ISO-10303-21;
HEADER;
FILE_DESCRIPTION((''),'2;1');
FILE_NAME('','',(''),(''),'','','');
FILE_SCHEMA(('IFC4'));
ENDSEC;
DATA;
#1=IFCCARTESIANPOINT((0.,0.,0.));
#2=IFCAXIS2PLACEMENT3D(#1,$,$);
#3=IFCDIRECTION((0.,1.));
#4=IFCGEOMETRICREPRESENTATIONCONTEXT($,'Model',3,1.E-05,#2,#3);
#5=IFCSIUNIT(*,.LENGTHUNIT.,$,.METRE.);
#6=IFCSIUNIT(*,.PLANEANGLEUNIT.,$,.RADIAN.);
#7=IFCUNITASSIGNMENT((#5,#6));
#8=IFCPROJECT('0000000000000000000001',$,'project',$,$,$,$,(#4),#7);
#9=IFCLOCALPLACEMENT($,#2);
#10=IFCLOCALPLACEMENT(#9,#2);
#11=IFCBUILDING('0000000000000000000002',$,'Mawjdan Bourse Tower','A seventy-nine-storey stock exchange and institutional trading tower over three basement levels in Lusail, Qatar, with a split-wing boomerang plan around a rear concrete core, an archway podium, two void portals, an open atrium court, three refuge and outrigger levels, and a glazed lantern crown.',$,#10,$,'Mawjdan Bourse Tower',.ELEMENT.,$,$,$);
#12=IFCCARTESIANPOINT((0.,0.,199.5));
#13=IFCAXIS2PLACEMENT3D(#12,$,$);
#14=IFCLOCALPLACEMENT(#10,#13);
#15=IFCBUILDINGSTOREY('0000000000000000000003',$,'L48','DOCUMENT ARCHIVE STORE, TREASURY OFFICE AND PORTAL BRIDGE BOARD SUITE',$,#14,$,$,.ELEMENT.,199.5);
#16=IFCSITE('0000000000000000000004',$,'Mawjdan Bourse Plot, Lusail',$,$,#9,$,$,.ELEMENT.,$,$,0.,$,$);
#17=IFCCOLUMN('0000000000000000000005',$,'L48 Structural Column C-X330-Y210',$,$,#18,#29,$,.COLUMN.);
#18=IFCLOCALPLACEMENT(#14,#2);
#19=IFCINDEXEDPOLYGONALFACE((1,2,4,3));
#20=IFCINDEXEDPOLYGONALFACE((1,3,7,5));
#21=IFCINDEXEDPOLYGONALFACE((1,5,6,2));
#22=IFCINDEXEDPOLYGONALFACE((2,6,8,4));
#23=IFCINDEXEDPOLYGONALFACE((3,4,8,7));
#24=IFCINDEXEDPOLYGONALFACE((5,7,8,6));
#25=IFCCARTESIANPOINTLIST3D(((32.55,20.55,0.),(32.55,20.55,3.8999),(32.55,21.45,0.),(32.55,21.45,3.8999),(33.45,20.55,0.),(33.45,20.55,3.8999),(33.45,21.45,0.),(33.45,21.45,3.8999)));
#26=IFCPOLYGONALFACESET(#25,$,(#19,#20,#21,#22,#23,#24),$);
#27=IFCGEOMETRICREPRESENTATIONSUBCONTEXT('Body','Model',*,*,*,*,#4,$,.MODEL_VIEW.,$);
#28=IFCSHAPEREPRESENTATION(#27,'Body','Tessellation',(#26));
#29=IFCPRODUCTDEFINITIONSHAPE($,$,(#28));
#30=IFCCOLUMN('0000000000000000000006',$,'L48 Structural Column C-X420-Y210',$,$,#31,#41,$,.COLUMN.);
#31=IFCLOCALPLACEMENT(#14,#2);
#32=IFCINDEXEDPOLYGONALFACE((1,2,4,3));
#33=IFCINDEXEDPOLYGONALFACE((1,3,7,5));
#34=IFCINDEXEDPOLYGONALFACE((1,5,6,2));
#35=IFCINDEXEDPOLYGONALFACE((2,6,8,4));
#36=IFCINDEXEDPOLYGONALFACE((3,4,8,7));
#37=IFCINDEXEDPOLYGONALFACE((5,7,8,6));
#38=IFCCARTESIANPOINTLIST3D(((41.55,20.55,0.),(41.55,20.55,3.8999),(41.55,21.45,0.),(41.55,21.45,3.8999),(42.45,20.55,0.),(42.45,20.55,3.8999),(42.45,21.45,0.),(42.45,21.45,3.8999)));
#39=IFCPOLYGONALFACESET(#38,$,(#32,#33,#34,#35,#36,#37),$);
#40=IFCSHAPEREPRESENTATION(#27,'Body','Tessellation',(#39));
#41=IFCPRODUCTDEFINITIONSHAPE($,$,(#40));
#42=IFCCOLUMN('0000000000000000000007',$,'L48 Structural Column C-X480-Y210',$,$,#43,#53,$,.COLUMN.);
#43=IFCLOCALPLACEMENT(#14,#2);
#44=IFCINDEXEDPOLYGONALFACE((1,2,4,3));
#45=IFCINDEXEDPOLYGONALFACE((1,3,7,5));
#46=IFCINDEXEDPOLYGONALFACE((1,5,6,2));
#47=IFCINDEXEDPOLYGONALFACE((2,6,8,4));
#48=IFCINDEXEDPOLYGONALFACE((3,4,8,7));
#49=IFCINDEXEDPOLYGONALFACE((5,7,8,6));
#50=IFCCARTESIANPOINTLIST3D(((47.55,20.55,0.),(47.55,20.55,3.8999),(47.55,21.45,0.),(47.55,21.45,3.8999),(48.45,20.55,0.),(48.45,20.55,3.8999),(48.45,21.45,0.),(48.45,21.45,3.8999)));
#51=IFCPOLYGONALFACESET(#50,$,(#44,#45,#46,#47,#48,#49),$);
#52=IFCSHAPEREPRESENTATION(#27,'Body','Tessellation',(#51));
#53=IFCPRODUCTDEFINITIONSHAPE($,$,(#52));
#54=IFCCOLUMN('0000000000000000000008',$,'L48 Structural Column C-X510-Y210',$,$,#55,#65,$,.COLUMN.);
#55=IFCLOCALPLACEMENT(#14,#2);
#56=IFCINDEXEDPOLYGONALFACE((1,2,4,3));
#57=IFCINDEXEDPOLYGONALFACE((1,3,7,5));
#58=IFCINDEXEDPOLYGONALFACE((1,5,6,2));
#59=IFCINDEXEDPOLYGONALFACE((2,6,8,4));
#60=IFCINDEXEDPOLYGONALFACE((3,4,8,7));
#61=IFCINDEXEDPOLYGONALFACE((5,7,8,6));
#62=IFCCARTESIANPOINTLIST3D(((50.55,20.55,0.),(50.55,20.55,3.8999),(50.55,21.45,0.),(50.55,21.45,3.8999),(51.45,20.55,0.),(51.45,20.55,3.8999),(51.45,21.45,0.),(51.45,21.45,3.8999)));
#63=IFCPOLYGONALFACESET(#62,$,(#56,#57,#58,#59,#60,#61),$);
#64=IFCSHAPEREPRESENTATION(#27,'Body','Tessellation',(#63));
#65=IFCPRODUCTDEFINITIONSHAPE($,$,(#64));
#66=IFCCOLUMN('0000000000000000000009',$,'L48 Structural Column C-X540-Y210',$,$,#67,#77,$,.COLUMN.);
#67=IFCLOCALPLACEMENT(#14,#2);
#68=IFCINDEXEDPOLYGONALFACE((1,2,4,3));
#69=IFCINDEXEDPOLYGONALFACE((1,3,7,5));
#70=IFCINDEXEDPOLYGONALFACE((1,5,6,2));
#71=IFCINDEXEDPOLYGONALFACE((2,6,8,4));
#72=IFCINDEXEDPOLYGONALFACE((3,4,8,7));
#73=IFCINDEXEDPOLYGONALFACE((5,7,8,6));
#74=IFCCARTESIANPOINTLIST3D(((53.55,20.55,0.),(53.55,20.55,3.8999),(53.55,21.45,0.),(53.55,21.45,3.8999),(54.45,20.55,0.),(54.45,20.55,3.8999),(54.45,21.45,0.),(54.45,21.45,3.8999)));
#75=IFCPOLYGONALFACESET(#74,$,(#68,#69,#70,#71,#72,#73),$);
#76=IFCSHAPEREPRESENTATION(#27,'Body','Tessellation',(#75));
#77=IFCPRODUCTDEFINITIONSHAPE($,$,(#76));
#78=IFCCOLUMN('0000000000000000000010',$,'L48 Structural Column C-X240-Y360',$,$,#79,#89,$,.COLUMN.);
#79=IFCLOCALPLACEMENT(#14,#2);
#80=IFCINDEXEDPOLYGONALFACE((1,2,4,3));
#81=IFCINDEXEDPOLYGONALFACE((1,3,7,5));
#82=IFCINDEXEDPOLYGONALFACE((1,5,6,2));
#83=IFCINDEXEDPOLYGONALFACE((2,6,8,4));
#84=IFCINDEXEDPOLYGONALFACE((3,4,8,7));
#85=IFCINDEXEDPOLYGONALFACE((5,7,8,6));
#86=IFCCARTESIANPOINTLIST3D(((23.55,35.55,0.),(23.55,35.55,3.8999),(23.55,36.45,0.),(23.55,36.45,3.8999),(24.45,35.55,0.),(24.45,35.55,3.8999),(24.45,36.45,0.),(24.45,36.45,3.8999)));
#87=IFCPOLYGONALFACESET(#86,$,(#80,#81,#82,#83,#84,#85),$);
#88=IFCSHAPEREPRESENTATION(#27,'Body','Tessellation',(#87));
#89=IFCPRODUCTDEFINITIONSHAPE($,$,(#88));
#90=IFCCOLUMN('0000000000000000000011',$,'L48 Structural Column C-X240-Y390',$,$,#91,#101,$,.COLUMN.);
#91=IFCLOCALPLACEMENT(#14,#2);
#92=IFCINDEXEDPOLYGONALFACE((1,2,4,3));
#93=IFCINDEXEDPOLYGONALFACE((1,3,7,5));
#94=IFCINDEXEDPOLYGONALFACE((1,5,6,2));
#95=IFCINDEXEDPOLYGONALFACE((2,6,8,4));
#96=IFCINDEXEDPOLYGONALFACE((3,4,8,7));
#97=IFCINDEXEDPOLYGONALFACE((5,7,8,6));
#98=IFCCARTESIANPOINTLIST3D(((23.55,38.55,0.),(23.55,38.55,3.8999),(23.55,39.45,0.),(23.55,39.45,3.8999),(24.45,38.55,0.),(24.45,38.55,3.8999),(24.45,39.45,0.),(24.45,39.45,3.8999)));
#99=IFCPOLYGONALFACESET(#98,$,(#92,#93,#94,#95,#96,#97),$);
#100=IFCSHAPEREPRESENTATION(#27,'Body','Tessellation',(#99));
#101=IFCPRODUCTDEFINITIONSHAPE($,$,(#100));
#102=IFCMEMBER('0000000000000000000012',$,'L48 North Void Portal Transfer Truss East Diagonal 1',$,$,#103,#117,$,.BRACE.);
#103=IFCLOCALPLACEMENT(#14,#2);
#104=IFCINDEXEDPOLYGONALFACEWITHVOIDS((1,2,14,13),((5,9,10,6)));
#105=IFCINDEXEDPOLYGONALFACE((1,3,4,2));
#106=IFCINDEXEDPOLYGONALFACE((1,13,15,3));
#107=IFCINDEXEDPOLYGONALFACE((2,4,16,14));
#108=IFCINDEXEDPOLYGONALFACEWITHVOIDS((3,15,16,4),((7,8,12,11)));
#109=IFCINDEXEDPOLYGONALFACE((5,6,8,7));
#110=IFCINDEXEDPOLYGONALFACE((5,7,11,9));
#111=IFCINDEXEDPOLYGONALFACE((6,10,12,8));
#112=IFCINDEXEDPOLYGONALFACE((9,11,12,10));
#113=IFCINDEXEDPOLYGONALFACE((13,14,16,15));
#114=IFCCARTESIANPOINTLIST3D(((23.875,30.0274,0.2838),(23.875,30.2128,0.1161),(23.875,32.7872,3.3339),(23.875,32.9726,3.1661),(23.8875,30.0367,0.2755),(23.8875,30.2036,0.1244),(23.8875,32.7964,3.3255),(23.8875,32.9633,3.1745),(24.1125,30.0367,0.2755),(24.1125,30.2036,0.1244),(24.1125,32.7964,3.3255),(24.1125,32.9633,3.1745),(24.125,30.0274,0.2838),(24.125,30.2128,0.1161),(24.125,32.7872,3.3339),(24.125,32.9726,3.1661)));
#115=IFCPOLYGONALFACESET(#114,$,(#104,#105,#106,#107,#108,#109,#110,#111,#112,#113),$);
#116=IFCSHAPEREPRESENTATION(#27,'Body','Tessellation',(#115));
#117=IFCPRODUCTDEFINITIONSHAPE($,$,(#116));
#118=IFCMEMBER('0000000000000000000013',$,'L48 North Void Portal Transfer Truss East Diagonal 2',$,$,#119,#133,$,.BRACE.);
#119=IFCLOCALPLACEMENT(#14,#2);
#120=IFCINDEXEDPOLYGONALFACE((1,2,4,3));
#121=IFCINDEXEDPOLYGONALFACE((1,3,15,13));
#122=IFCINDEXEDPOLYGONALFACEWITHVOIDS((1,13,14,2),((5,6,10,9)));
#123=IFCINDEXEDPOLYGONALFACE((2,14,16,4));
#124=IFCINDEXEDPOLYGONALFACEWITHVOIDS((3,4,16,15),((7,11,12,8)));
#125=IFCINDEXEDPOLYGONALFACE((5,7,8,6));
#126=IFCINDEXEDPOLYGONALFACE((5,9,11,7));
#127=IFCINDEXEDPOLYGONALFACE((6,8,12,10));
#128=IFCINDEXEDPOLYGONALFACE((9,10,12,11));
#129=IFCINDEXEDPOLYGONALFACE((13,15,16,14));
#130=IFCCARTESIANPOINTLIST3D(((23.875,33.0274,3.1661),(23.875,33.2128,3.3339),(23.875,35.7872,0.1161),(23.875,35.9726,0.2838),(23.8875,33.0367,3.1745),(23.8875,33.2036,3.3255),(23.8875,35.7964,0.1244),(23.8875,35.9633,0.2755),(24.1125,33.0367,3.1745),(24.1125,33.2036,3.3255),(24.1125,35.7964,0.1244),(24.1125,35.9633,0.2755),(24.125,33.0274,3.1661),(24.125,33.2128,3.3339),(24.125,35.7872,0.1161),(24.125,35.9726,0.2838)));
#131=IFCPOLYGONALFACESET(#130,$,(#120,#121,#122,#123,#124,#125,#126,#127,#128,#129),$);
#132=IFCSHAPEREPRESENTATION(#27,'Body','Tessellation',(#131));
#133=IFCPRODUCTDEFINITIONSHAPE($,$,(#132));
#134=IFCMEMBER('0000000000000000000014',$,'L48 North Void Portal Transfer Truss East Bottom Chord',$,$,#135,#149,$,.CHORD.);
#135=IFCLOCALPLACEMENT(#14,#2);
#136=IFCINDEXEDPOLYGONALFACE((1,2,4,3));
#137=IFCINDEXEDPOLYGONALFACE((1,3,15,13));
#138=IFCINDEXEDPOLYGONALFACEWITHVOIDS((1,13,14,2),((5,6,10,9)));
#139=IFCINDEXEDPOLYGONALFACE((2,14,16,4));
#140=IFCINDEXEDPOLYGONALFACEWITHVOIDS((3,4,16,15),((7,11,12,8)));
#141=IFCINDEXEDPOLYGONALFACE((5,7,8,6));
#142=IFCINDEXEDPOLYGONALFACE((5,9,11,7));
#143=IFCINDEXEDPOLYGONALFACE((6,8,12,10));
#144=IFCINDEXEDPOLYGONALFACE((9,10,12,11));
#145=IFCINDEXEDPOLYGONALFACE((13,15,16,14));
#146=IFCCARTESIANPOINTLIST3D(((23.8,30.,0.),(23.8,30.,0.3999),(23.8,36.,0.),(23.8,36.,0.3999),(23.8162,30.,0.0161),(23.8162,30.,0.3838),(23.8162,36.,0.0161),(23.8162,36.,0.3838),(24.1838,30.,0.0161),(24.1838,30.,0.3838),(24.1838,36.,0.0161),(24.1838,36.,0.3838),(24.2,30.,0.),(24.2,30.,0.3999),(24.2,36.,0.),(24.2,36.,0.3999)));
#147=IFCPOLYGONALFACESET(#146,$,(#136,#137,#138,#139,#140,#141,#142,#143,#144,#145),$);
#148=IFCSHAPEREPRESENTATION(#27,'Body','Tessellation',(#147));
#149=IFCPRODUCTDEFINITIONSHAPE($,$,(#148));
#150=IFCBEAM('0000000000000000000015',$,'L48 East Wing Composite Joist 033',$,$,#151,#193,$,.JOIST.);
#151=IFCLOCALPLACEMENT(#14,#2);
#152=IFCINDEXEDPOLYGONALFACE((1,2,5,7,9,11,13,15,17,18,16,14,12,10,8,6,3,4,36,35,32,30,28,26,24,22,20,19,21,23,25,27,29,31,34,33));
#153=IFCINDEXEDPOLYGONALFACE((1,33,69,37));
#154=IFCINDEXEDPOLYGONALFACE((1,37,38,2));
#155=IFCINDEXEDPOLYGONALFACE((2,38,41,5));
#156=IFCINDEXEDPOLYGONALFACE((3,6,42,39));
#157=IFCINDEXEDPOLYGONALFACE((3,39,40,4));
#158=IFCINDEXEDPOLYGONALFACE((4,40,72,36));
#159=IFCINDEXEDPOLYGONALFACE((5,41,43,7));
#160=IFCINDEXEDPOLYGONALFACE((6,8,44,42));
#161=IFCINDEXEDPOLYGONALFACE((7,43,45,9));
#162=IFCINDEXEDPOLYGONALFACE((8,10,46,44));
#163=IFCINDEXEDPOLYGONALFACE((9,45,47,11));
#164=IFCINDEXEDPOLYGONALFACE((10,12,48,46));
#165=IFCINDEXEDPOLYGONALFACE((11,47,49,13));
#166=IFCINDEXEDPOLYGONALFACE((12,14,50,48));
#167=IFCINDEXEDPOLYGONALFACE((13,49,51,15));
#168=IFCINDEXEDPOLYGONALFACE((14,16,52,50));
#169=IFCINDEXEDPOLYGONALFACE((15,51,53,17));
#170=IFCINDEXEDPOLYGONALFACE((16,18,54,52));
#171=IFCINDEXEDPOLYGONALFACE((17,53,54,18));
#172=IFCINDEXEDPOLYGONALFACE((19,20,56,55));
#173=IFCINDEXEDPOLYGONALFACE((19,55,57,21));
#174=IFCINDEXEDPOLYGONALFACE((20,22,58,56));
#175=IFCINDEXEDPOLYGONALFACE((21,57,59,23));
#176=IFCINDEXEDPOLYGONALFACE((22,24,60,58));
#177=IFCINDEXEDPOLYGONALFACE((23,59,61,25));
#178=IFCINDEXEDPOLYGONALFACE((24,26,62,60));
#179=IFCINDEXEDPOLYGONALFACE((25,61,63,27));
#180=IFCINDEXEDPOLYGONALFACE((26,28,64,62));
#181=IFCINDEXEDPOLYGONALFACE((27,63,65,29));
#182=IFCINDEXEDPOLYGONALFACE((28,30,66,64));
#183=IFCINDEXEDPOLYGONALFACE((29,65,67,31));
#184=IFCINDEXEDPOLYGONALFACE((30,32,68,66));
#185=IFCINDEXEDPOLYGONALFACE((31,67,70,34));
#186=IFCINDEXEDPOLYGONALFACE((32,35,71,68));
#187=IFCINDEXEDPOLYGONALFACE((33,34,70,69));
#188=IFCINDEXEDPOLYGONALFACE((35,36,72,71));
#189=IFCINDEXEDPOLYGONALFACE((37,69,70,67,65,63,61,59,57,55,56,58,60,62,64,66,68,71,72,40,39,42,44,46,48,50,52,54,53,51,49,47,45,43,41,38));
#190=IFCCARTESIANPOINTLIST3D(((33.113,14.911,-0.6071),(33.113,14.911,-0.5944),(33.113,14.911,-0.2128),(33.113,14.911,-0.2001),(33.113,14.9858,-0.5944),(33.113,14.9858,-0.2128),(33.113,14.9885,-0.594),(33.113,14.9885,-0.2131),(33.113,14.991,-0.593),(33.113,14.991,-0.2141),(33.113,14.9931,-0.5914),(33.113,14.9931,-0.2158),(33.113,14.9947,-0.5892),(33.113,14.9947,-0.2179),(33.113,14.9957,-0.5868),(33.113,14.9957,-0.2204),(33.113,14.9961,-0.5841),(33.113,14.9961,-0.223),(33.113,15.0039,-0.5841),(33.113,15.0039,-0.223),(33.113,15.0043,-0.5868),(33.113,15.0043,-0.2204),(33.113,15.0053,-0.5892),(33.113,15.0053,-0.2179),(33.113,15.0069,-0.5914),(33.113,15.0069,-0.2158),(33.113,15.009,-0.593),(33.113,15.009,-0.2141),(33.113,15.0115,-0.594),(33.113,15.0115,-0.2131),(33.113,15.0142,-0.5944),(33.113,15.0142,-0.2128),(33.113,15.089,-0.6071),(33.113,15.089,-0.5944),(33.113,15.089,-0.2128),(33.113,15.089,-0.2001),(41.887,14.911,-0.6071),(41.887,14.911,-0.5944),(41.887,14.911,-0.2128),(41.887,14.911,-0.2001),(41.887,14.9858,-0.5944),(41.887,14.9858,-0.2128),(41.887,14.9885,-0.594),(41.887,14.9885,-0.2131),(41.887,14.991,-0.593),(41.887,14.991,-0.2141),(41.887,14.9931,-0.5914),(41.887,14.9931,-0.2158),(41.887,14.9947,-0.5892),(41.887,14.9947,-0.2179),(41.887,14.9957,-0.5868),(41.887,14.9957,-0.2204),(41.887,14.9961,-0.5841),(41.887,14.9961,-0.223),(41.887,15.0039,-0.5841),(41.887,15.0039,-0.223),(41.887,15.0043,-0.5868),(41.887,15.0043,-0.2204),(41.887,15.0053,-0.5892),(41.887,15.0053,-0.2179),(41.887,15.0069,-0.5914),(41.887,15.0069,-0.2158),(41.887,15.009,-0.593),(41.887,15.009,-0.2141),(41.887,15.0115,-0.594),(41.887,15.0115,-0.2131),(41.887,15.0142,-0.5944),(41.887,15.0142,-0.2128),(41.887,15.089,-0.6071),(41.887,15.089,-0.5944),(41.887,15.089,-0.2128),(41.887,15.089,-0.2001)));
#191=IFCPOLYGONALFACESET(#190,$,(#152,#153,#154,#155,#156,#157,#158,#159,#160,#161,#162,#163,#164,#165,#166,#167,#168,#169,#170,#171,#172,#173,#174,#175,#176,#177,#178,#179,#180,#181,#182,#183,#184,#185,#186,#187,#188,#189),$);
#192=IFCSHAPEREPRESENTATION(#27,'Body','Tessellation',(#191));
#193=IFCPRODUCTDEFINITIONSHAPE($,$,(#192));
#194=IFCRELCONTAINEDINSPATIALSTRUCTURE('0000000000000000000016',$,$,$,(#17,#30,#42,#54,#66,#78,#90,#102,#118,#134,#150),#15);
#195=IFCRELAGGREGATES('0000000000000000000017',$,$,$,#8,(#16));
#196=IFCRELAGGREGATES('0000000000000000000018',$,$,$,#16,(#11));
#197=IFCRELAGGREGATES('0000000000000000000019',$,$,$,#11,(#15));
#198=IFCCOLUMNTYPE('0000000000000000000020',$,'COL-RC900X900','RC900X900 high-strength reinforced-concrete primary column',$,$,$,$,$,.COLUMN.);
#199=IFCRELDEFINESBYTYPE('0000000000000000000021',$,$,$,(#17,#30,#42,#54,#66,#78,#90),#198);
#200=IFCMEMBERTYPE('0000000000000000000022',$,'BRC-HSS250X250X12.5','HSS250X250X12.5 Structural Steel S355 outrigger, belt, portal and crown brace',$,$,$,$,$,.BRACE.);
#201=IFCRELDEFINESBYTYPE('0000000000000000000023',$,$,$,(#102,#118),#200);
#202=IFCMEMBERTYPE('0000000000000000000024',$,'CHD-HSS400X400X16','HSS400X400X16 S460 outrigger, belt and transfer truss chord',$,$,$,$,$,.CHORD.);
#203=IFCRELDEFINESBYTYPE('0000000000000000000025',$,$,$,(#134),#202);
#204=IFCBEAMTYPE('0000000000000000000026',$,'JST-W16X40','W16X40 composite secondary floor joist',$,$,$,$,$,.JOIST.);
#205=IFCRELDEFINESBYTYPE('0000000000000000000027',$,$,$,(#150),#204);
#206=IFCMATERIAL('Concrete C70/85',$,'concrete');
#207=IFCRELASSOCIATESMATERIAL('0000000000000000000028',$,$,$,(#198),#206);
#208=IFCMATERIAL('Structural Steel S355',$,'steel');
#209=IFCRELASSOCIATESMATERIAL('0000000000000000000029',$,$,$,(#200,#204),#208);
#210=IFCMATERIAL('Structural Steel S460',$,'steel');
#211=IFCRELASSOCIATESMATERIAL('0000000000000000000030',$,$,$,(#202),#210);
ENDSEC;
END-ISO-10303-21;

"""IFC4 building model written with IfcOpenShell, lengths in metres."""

from ifc_helpers import new_model, si_unit, direction, frame, origin, origin_2d, place, context, subcontext, project, spatial, rectangle, hollow_rectangle, i_section, extrude, material, material_profile, profile_set, type_object, element, save


model = new_model("IFC4")

# Units and contexts
model_context = context("Model", 3, precision=1e-05, world=origin(), true_north=direction((0.0, 1.0)))
body_context = subcontext(model_context, "Body", "Model", "MODEL_VIEW")
ifc_project = project(units=[si_unit("LENGTHUNIT", "METRE"), si_unit("PLANEANGLEUNIT", "RADIAN")], contexts=[model_context])

# Site, building, storey
site_placement = place(None, origin())
site = spatial("IfcSite", under=ifc_project, at=site_placement, Name="Mawjdan Bourse Plot, Lusail", CompositionType="ELEMENT", RefElevation=0.0)
building_placement = place(site_placement, origin())
building = spatial("IfcBuilding", under=site, at=building_placement, Name="Mawjdan Bourse Tower", Description="A seventy-nine-storey stock exchange and institutional trading tower over three basement levels in Lusail, Qatar, with a split-wing boomerang plan around a rear concrete core, an archway podium, two void portals, an open atrium court, three refuge and outrigger levels, and a glazed lantern crown.", LongName="Mawjdan Bourse Tower", CompositionType="ELEMENT")
storey_placement = place(building_placement, frame((0.0, 0.0, 199.5)))
storey = spatial("IfcBuildingStorey", under=building, at=storey_placement, Name="L48", Description="DOCUMENT ARCHIVE STORE, TREASURY OFFICE AND PORTAL BRIDGE BOARD SUITE", CompositionType="ELEMENT", Elevation=199.5)

# Columns
ifc_material_1 = material(Name="Concrete C70/85", Category="concrete")
ifc_material_profile_1 = material_profile(ifc_material_1, rectangle(XDim=0.8999, YDim=0.8999, at=origin_2d()), Name="RC900X900")
ifc_profile_set_1 = profile_set([ifc_material_profile_1], Name="Concrete C70/85")
column_type = type_object("IfcColumnType", Name="COL-RC900X900", Description="RC900X900 high-strength reinforced-concrete primary column", PredefinedType="COLUMN", material=ifc_profile_set_1)
for number, where, z_axis, x_axis, name in (
    (1, (33.0, 21.0, 0.0), (0.0, 0.0, 1.0), (1.0, 0.0, 0.0), "L48 Structural Column C-X330-Y210"),
    (2, (42.0, 21.0, 0.0), (0.0, 0.0, 1.0), (1.0, 0.0, 0.0), "L48 Structural Column C-X420-Y210"),
    (3, (48.0, 21.0, 0.0), (0.0, 0.0, 1.0), (1.0, 0.0, 0.0), "L48 Structural Column C-X480-Y210"),
    (4, (51.0, 21.0, 0.0), (0.0, 0.0, 1.0), (1.0, 0.0, 0.0), "L48 Structural Column C-X510-Y210"),
    (5, (54.0, 21.0, 0.0), (0.0, 0.0, 1.0), (1.0, 0.0, 0.0), "L48 Structural Column C-X540-Y210"),
    (6, (24.0, 36.0, 0.0), (0.0, 0.0, 1.0), (1.0, 0.0, 0.0), "L48 Structural Column C-X240-Y360"),
    (7, (24.0, 39.0, 0.0), (0.0, 0.0, 1.0), (1.0, 0.0, 0.0), "L48 Structural Column C-X240-Y390"),
):
    element("IfcColumn", number, at=place(storey_placement, frame(where, z_axis=z_axis, x_axis=x_axis)), inside=storey, type_object=column_type, Name=name, PredefinedType="COLUMN", context=body_context, shape_type="SweptSolid", body=[
        extrude(rectangle(XDim=0.8999, YDim=0.8999, at=origin_2d()), origin(), (0.0, 0.0, 1.0), 3.8999),
    ])

# Members
ifc_material_2 = material(Name="Structural Steel S355", Category="steel")
ifc_material_profile_2 = material_profile(ifc_material_2, hollow_rectangle(XDim=0.25, YDim=0.25, WallThickness=0.0125, at=origin_2d()), Name="HSS250X250X12.5")
ifc_profile_set_2 = profile_set([ifc_material_profile_2], Name="Structural Steel S355")
member_type_1 = type_object("IfcMemberType", Name="BRC-HSS250X250X12.5", Description="HSS250X250X12.5 Structural Steel S355 outrigger, belt, portal and crown brace", PredefinedType="BRACE", material=ifc_profile_set_2)
for number, where, z_axis, x_axis, name in (
    (8, (24.0, 30.1201, 0.2), (0.0, 0.67094, 0.741512), (-1.0, 0.0, 0.0), "L48 North Void Portal Transfer Truss East Diagonal 1"),
    (9, (24.0, 33.1201, 3.25), (0.0, 0.67094, -0.741512), (-1.0, 0.0, 0.0), "L48 North Void Portal Transfer Truss East Diagonal 2"),
):
    element("IfcMember", number, at=place(storey_placement, frame(where, z_axis=z_axis, x_axis=x_axis)), inside=storey, type_object=member_type_1, Name=name, PredefinedType="BRACE", context=body_context, shape_type="SweptSolid", body=[
        extrude(hollow_rectangle(XDim=0.25, YDim=0.25, WallThickness=0.0125, at=origin_2d()), origin(), (0.0, 0.0, 1.0), 4.1133),
    ])
ifc_material_3 = material(Name="Structural Steel S460", Category="steel")
ifc_material_profile_3 = material_profile(ifc_material_3, hollow_rectangle(XDim=0.3999, YDim=0.3999, WallThickness=0.0161, at=origin_2d()), Name="HSS400X400X16")
ifc_profile_set_3 = profile_set([ifc_material_profile_3], Name="Structural Steel S460")
member_type_2 = type_object("IfcMemberType", Name="CHD-HSS400X400X16", Description="HSS400X400X16 S460 outrigger, belt and transfer truss chord", PredefinedType="CHORD", material=ifc_profile_set_3)
member_placement = place(storey_placement, frame((24.0, 30.0, 0.2), z_axis=(0.0, 1.0, 0.0), x_axis=(-1.0, 0.0, 0.0)))
element("IfcMember", 10, at=member_placement, inside=storey, type_object=member_type_2, Name="L48 North Void Portal Transfer Truss East Bottom Chord", PredefinedType="CHORD", context=body_context, shape_type="SweptSolid", body=[
    extrude(hollow_rectangle(XDim=0.3999, YDim=0.3999, WallThickness=0.0161, at=origin_2d()), origin(), (0.0, 0.0, 1.0), 6.0),
])

# Beam
ifc_material_profile_4 = material_profile(ifc_material_2, i_section(OverallWidth=0.178, OverallDepth=0.407, WebThickness=0.0078, FlangeThickness=0.0127, FilletRadius=0.0103, at=origin_2d()), Name="W16X40")
ifc_profile_set_4 = profile_set([ifc_material_profile_4], Name="Structural Steel S355")
beam_type_1 = type_object("IfcBeamType", Name="JST-W16X40", Description="W16X40 composite secondary floor joist", PredefinedType="JOIST", material=ifc_profile_set_4)
beam_1_placement = place(storey_placement, frame((33.113, 15.0, -0.4036), z_axis=(1.0, 0.0, 0.0), x_axis=(0.0, 1.0, 0.0)))
element("IfcBeam", 11, at=beam_1_placement, inside=storey, type_object=beam_type_1, Name="L48 East Wing Composite Joist 033", PredefinedType="JOIST", context=body_context, shape_type="SweptSolid", body=[
    extrude(i_section(OverallWidth=0.178, OverallDepth=0.407, WebThickness=0.0078, FlangeThickness=0.0127, FilletRadius=0.0103, at=origin_2d()), origin(), (0.0, 0.0, 1.0), 8.7739),
])

save(model, "model.ifc")
